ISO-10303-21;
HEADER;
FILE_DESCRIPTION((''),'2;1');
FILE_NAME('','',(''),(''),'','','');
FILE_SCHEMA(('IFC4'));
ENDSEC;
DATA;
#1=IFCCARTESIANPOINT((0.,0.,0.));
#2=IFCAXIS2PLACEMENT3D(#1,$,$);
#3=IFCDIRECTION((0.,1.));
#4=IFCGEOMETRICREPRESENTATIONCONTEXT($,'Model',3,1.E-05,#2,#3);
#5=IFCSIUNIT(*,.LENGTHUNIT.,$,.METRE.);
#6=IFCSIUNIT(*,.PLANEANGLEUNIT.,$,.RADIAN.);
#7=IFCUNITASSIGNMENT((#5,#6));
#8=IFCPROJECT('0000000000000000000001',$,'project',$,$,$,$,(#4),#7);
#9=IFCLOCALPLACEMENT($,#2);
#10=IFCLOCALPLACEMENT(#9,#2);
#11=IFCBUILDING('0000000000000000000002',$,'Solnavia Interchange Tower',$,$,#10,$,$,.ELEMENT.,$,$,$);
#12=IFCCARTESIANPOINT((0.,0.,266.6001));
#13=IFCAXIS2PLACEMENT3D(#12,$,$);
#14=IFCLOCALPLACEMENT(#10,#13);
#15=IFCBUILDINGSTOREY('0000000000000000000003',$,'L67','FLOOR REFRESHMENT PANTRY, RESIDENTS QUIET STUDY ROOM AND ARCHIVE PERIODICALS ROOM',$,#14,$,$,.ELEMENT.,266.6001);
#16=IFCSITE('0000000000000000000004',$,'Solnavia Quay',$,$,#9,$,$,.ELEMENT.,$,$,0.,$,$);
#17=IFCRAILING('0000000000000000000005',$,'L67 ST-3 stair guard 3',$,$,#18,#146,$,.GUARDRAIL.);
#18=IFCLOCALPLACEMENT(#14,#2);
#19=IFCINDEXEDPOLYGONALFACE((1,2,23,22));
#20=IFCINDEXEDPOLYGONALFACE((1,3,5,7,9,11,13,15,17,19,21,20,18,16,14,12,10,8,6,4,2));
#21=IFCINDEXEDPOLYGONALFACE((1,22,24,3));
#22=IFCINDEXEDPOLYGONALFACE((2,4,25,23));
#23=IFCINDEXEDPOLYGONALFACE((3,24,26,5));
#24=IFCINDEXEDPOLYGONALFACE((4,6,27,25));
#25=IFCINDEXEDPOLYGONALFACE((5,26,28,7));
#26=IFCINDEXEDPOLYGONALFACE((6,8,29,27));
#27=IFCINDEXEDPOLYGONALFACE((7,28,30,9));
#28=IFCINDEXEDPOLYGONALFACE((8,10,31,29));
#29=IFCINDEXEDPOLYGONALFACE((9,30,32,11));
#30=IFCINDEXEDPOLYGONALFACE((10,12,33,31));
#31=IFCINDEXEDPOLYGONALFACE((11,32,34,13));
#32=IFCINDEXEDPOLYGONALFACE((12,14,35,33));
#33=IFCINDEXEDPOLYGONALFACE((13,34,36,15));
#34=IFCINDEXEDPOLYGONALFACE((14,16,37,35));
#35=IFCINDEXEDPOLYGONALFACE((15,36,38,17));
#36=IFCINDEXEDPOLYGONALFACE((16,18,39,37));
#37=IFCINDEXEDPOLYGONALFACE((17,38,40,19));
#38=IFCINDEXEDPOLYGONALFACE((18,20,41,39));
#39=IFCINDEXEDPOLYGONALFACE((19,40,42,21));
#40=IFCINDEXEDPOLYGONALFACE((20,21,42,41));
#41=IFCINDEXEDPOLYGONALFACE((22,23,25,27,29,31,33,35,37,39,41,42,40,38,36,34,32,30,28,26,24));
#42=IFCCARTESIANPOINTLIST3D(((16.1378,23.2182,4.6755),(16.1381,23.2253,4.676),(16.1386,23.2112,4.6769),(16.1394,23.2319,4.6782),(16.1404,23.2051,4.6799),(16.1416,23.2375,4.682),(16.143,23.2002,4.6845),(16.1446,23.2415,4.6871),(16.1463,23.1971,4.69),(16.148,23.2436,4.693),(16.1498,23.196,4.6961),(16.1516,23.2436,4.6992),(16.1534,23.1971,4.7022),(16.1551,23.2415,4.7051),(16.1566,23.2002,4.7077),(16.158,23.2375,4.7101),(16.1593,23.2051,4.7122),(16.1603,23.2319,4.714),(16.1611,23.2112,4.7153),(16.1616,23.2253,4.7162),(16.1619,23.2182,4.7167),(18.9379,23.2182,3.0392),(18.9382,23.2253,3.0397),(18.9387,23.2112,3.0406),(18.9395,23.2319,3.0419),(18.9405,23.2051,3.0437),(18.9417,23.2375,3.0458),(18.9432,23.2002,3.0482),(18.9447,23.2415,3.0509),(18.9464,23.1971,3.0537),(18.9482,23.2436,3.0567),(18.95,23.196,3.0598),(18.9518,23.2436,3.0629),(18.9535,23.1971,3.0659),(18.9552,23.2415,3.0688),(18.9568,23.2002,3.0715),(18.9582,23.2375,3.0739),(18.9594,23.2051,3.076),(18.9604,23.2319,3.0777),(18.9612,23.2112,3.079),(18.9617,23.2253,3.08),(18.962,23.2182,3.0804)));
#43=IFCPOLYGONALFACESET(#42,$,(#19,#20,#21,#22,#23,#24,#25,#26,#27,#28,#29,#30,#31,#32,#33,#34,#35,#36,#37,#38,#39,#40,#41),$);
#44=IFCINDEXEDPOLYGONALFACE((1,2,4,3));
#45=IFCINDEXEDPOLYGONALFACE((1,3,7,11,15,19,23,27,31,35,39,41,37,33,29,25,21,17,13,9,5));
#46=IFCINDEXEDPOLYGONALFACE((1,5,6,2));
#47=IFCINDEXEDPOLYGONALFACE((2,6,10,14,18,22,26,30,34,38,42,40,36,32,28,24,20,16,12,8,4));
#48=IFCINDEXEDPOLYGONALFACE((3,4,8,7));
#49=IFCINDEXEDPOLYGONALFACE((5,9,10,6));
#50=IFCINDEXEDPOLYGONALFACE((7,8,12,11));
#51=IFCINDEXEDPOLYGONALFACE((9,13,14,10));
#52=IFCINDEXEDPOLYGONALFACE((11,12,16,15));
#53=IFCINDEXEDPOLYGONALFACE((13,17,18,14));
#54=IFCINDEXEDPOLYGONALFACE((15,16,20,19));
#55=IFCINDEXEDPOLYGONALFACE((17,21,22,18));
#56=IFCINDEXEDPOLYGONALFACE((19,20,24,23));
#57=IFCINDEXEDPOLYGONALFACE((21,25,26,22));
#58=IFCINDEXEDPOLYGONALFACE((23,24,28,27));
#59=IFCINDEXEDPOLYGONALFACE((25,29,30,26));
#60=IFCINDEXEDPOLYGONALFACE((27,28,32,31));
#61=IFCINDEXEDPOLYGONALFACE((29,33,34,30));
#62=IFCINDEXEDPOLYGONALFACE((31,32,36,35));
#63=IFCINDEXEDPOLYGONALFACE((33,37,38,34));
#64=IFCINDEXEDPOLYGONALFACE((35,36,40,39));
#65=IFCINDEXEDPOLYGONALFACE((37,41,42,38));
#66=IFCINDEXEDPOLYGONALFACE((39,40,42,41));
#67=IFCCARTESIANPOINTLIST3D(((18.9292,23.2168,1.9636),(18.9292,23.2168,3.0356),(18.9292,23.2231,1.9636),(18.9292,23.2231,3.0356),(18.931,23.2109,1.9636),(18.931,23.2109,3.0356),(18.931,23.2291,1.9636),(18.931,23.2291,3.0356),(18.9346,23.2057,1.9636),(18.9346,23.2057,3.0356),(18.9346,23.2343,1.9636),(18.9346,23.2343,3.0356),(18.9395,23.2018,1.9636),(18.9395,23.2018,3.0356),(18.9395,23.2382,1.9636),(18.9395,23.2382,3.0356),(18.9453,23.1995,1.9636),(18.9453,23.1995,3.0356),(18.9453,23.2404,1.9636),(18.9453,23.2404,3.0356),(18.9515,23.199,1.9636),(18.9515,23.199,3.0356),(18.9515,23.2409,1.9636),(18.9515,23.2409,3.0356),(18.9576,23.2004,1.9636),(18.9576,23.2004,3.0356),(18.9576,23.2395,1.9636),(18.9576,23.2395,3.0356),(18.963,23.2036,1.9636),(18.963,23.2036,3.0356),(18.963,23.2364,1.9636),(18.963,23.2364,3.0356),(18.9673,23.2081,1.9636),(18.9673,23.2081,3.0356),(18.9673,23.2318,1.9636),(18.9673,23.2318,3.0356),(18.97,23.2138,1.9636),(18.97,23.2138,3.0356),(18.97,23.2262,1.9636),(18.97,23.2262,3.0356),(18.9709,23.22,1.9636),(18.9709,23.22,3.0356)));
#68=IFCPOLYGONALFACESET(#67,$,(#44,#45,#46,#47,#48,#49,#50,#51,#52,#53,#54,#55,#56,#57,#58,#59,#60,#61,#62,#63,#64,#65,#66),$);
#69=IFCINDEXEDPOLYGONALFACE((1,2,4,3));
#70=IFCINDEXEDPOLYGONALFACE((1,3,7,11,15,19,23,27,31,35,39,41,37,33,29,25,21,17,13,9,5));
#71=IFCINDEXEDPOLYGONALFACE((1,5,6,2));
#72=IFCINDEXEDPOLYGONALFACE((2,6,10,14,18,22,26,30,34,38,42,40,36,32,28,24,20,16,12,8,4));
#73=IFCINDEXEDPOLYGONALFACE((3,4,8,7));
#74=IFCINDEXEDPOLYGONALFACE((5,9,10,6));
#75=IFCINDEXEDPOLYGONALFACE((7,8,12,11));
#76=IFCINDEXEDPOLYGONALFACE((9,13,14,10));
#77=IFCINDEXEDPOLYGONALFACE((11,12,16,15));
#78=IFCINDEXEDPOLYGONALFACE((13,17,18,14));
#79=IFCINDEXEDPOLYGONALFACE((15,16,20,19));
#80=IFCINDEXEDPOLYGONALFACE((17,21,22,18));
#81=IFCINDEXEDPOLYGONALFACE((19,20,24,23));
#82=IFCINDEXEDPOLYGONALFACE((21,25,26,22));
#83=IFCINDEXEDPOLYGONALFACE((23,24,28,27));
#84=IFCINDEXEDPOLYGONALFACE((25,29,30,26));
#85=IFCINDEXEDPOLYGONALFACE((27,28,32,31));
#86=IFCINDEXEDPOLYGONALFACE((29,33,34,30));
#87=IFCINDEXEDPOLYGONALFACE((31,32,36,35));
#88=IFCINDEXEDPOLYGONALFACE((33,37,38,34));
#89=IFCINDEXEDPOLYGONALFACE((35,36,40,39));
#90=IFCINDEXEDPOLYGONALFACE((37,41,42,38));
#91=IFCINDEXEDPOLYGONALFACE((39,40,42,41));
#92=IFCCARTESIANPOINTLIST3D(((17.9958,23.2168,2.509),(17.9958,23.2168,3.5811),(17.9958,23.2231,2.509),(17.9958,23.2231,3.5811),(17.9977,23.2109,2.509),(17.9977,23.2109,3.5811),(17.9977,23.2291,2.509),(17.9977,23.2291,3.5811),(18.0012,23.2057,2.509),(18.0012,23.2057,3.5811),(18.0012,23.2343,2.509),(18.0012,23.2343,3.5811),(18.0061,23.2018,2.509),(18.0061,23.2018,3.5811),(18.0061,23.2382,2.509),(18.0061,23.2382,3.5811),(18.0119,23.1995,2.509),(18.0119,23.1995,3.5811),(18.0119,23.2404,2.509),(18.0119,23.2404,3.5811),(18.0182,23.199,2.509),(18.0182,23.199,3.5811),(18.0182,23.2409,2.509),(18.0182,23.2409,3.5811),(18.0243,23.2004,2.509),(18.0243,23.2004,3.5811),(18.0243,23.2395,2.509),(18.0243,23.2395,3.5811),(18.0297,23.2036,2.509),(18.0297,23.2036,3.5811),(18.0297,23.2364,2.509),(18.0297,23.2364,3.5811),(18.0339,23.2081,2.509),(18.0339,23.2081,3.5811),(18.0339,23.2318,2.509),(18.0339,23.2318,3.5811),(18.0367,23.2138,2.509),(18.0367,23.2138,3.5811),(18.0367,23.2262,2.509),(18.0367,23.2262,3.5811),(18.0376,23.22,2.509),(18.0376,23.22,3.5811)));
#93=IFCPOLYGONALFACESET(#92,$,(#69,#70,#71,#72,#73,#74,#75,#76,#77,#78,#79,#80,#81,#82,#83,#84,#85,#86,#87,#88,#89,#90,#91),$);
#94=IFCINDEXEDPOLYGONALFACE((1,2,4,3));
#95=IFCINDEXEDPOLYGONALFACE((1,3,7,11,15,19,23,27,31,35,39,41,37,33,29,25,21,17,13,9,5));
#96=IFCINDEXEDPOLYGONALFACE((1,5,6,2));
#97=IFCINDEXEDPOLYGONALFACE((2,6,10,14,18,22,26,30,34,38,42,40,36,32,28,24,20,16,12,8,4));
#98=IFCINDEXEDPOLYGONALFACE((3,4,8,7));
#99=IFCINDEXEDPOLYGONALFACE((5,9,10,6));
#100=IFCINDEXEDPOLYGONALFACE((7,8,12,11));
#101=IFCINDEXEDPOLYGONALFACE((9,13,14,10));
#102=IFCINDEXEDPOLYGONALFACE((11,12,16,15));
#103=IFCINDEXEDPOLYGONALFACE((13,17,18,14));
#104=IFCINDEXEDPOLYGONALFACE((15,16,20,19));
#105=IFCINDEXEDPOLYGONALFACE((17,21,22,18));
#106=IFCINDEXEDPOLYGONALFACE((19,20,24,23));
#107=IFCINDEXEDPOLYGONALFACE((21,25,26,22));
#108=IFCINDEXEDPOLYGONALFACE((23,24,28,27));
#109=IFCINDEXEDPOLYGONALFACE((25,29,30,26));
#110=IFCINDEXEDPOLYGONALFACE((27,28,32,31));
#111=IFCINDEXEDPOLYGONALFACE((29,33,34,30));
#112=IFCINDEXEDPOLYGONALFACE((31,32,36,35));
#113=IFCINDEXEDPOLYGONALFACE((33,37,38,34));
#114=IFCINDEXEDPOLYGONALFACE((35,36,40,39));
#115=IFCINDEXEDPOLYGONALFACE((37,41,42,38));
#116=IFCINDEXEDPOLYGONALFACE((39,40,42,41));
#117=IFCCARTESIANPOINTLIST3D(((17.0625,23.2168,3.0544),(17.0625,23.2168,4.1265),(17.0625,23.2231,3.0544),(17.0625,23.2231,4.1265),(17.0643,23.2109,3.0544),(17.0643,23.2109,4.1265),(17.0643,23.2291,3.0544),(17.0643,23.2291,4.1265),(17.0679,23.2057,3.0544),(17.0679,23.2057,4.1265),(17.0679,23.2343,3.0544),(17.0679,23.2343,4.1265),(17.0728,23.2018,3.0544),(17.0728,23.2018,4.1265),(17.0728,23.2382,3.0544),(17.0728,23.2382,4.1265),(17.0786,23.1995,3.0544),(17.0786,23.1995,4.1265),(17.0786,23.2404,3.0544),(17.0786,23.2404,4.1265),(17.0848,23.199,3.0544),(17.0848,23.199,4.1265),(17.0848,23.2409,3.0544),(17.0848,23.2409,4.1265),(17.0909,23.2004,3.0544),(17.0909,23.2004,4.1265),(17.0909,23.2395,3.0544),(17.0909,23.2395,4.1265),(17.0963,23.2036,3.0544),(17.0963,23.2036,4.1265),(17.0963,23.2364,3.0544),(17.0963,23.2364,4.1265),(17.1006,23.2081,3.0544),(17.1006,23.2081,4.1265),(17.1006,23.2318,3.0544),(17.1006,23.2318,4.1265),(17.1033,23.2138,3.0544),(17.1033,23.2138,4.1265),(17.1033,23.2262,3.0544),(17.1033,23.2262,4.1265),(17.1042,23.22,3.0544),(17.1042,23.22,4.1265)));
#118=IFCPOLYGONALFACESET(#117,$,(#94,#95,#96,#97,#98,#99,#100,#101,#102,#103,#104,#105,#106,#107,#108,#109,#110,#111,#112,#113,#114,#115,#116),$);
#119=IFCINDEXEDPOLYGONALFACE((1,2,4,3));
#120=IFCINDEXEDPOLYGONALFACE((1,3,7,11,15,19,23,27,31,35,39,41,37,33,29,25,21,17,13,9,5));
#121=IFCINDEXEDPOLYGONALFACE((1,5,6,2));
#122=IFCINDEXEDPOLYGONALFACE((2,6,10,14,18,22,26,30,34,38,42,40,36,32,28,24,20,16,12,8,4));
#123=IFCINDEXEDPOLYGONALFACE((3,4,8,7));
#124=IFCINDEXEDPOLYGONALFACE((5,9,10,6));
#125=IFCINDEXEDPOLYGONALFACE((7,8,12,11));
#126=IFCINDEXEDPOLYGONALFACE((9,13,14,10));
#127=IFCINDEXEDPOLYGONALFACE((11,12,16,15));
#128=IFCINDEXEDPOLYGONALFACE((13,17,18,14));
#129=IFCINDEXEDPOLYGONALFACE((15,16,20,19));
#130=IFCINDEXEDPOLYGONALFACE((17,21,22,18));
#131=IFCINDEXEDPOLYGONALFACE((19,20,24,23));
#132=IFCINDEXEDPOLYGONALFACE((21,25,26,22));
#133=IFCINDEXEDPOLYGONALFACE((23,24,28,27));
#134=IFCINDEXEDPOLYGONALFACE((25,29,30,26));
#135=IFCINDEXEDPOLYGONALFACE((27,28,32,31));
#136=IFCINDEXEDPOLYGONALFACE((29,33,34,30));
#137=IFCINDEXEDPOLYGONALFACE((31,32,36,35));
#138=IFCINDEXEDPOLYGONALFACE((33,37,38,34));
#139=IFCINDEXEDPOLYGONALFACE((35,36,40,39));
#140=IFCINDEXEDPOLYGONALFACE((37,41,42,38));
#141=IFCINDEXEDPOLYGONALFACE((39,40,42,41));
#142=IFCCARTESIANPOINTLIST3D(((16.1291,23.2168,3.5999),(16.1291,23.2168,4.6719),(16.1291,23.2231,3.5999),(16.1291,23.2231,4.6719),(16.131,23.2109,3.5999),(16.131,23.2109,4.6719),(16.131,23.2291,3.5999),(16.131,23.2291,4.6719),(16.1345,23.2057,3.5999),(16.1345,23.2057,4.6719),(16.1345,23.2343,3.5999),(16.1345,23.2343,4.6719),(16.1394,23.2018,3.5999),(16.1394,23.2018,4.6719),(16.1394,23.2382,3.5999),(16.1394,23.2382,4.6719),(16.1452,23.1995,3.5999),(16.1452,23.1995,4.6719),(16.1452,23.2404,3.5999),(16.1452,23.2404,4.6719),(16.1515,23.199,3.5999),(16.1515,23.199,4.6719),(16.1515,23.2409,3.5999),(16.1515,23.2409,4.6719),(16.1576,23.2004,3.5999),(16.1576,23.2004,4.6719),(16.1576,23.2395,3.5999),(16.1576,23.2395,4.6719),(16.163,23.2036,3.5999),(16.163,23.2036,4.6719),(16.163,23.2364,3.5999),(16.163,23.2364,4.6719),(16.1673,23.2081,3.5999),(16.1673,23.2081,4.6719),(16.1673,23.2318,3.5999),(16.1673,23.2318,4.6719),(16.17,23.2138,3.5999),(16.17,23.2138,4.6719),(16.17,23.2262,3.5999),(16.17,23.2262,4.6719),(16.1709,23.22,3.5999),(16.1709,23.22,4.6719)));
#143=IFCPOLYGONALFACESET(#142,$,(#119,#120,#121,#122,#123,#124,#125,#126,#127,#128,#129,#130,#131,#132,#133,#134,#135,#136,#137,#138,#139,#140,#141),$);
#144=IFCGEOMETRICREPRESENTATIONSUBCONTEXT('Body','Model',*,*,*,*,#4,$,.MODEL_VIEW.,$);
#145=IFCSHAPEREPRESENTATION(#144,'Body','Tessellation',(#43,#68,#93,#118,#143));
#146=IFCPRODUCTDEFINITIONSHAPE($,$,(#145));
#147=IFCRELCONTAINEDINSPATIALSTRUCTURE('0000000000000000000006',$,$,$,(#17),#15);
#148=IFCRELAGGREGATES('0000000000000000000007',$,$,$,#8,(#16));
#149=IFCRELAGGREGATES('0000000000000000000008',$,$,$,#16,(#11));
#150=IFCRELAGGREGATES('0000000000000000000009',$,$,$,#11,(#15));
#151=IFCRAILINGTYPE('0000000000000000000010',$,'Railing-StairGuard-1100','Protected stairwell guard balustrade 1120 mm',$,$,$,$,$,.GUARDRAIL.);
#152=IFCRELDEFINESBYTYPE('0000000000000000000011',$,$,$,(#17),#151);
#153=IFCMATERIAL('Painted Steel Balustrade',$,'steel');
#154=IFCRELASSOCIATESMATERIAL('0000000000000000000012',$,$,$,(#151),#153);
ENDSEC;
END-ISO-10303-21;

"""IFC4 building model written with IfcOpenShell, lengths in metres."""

from ifc_helpers import new_model, si_unit, direction, frame, origin, origin_2d, place, context, subcontext, project, spatial, circle, extrude, material, type_object, element, save


model = new_model("IFC4")

# Units and contexts
model_context = context("Model", 3, precision=1e-05, world=origin(), true_north=direction((0.0, 1.0)))
body_context = subcontext(model_context, "Body", "Model", "MODEL_VIEW")
ifc_project = project(units=[si_unit("LENGTHUNIT", "METRE"), si_unit("PLANEANGLEUNIT", "RADIAN")], contexts=[model_context])

# Site, building, storey
site_placement = place(None, origin())
site = spatial("IfcSite", under=ifc_project, at=site_placement, Name="Solnavia Quay", CompositionType="ELEMENT", RefElevation=0.0)
building_placement = place(site_placement, origin())
building = spatial("IfcBuilding", under=site, at=building_placement, Name="Solnavia Interchange Tower", CompositionType="ELEMENT")
storey_placement = place(building_placement, frame((0.0, 0.0, 266.6001)))
storey = spatial("IfcBuildingStorey", under=building, at=storey_placement, Name="L67", Description="FLOOR REFRESHMENT PANTRY, RESIDENTS QUIET STUDY ROOM AND ARCHIVE PERIODICALS ROOM", CompositionType="ELEMENT", Elevation=266.6001)

# Railing
ifc_material_1 = material(Name="Painted Steel Balustrade", Category="steel")
railing_type_1 = type_object("IfcRailingType", Name="Railing-StairGuard-1100", Description="Protected stairwell guard balustrade 1120 mm", PredefinedType="GUARDRAIL", material=ifc_material_1)
railing_1_placement = place(storey_placement, frame((18.95, 23.22, 1.9636)))
element("IfcRailing", 1, at=railing_1_placement, inside=storey, type_object=railing_type_1, Name="L67 ST-3 stair guard 3", PredefinedType="GUARDRAIL", context=body_context, shape_type="SweptSolid", body=[
    extrude(circle(Radius=0.0239, at=origin_2d()), frame((0.0, 0.0, 1.0962), z_axis=(-0.863394, 0.0, 0.504531), x_axis=(0.0, -1.0, 0.0)), (0.0, 0.0, 1.0), 3.2432),
    extrude(circle(Radius=0.021, at=origin_2d()), origin(), (0.0, 0.0, 1.0), 1.072),
    extrude(circle(Radius=0.021, at=origin_2d()), frame((-0.9333, 0.0, 0.5454)), (0.0, 0.0, 1.0), 1.072),
    extrude(circle(Radius=0.021, at=origin_2d()), frame((-1.8667, 0.0, 1.0908)), (0.0, 0.0, 1.0), 1.072),
    extrude(circle(Radius=0.021, at=origin_2d()), frame((-2.8, 0.0, 1.6362)), (0.0, 0.0, 1.0), 1.072),
])

save(model, "model.ifc")
